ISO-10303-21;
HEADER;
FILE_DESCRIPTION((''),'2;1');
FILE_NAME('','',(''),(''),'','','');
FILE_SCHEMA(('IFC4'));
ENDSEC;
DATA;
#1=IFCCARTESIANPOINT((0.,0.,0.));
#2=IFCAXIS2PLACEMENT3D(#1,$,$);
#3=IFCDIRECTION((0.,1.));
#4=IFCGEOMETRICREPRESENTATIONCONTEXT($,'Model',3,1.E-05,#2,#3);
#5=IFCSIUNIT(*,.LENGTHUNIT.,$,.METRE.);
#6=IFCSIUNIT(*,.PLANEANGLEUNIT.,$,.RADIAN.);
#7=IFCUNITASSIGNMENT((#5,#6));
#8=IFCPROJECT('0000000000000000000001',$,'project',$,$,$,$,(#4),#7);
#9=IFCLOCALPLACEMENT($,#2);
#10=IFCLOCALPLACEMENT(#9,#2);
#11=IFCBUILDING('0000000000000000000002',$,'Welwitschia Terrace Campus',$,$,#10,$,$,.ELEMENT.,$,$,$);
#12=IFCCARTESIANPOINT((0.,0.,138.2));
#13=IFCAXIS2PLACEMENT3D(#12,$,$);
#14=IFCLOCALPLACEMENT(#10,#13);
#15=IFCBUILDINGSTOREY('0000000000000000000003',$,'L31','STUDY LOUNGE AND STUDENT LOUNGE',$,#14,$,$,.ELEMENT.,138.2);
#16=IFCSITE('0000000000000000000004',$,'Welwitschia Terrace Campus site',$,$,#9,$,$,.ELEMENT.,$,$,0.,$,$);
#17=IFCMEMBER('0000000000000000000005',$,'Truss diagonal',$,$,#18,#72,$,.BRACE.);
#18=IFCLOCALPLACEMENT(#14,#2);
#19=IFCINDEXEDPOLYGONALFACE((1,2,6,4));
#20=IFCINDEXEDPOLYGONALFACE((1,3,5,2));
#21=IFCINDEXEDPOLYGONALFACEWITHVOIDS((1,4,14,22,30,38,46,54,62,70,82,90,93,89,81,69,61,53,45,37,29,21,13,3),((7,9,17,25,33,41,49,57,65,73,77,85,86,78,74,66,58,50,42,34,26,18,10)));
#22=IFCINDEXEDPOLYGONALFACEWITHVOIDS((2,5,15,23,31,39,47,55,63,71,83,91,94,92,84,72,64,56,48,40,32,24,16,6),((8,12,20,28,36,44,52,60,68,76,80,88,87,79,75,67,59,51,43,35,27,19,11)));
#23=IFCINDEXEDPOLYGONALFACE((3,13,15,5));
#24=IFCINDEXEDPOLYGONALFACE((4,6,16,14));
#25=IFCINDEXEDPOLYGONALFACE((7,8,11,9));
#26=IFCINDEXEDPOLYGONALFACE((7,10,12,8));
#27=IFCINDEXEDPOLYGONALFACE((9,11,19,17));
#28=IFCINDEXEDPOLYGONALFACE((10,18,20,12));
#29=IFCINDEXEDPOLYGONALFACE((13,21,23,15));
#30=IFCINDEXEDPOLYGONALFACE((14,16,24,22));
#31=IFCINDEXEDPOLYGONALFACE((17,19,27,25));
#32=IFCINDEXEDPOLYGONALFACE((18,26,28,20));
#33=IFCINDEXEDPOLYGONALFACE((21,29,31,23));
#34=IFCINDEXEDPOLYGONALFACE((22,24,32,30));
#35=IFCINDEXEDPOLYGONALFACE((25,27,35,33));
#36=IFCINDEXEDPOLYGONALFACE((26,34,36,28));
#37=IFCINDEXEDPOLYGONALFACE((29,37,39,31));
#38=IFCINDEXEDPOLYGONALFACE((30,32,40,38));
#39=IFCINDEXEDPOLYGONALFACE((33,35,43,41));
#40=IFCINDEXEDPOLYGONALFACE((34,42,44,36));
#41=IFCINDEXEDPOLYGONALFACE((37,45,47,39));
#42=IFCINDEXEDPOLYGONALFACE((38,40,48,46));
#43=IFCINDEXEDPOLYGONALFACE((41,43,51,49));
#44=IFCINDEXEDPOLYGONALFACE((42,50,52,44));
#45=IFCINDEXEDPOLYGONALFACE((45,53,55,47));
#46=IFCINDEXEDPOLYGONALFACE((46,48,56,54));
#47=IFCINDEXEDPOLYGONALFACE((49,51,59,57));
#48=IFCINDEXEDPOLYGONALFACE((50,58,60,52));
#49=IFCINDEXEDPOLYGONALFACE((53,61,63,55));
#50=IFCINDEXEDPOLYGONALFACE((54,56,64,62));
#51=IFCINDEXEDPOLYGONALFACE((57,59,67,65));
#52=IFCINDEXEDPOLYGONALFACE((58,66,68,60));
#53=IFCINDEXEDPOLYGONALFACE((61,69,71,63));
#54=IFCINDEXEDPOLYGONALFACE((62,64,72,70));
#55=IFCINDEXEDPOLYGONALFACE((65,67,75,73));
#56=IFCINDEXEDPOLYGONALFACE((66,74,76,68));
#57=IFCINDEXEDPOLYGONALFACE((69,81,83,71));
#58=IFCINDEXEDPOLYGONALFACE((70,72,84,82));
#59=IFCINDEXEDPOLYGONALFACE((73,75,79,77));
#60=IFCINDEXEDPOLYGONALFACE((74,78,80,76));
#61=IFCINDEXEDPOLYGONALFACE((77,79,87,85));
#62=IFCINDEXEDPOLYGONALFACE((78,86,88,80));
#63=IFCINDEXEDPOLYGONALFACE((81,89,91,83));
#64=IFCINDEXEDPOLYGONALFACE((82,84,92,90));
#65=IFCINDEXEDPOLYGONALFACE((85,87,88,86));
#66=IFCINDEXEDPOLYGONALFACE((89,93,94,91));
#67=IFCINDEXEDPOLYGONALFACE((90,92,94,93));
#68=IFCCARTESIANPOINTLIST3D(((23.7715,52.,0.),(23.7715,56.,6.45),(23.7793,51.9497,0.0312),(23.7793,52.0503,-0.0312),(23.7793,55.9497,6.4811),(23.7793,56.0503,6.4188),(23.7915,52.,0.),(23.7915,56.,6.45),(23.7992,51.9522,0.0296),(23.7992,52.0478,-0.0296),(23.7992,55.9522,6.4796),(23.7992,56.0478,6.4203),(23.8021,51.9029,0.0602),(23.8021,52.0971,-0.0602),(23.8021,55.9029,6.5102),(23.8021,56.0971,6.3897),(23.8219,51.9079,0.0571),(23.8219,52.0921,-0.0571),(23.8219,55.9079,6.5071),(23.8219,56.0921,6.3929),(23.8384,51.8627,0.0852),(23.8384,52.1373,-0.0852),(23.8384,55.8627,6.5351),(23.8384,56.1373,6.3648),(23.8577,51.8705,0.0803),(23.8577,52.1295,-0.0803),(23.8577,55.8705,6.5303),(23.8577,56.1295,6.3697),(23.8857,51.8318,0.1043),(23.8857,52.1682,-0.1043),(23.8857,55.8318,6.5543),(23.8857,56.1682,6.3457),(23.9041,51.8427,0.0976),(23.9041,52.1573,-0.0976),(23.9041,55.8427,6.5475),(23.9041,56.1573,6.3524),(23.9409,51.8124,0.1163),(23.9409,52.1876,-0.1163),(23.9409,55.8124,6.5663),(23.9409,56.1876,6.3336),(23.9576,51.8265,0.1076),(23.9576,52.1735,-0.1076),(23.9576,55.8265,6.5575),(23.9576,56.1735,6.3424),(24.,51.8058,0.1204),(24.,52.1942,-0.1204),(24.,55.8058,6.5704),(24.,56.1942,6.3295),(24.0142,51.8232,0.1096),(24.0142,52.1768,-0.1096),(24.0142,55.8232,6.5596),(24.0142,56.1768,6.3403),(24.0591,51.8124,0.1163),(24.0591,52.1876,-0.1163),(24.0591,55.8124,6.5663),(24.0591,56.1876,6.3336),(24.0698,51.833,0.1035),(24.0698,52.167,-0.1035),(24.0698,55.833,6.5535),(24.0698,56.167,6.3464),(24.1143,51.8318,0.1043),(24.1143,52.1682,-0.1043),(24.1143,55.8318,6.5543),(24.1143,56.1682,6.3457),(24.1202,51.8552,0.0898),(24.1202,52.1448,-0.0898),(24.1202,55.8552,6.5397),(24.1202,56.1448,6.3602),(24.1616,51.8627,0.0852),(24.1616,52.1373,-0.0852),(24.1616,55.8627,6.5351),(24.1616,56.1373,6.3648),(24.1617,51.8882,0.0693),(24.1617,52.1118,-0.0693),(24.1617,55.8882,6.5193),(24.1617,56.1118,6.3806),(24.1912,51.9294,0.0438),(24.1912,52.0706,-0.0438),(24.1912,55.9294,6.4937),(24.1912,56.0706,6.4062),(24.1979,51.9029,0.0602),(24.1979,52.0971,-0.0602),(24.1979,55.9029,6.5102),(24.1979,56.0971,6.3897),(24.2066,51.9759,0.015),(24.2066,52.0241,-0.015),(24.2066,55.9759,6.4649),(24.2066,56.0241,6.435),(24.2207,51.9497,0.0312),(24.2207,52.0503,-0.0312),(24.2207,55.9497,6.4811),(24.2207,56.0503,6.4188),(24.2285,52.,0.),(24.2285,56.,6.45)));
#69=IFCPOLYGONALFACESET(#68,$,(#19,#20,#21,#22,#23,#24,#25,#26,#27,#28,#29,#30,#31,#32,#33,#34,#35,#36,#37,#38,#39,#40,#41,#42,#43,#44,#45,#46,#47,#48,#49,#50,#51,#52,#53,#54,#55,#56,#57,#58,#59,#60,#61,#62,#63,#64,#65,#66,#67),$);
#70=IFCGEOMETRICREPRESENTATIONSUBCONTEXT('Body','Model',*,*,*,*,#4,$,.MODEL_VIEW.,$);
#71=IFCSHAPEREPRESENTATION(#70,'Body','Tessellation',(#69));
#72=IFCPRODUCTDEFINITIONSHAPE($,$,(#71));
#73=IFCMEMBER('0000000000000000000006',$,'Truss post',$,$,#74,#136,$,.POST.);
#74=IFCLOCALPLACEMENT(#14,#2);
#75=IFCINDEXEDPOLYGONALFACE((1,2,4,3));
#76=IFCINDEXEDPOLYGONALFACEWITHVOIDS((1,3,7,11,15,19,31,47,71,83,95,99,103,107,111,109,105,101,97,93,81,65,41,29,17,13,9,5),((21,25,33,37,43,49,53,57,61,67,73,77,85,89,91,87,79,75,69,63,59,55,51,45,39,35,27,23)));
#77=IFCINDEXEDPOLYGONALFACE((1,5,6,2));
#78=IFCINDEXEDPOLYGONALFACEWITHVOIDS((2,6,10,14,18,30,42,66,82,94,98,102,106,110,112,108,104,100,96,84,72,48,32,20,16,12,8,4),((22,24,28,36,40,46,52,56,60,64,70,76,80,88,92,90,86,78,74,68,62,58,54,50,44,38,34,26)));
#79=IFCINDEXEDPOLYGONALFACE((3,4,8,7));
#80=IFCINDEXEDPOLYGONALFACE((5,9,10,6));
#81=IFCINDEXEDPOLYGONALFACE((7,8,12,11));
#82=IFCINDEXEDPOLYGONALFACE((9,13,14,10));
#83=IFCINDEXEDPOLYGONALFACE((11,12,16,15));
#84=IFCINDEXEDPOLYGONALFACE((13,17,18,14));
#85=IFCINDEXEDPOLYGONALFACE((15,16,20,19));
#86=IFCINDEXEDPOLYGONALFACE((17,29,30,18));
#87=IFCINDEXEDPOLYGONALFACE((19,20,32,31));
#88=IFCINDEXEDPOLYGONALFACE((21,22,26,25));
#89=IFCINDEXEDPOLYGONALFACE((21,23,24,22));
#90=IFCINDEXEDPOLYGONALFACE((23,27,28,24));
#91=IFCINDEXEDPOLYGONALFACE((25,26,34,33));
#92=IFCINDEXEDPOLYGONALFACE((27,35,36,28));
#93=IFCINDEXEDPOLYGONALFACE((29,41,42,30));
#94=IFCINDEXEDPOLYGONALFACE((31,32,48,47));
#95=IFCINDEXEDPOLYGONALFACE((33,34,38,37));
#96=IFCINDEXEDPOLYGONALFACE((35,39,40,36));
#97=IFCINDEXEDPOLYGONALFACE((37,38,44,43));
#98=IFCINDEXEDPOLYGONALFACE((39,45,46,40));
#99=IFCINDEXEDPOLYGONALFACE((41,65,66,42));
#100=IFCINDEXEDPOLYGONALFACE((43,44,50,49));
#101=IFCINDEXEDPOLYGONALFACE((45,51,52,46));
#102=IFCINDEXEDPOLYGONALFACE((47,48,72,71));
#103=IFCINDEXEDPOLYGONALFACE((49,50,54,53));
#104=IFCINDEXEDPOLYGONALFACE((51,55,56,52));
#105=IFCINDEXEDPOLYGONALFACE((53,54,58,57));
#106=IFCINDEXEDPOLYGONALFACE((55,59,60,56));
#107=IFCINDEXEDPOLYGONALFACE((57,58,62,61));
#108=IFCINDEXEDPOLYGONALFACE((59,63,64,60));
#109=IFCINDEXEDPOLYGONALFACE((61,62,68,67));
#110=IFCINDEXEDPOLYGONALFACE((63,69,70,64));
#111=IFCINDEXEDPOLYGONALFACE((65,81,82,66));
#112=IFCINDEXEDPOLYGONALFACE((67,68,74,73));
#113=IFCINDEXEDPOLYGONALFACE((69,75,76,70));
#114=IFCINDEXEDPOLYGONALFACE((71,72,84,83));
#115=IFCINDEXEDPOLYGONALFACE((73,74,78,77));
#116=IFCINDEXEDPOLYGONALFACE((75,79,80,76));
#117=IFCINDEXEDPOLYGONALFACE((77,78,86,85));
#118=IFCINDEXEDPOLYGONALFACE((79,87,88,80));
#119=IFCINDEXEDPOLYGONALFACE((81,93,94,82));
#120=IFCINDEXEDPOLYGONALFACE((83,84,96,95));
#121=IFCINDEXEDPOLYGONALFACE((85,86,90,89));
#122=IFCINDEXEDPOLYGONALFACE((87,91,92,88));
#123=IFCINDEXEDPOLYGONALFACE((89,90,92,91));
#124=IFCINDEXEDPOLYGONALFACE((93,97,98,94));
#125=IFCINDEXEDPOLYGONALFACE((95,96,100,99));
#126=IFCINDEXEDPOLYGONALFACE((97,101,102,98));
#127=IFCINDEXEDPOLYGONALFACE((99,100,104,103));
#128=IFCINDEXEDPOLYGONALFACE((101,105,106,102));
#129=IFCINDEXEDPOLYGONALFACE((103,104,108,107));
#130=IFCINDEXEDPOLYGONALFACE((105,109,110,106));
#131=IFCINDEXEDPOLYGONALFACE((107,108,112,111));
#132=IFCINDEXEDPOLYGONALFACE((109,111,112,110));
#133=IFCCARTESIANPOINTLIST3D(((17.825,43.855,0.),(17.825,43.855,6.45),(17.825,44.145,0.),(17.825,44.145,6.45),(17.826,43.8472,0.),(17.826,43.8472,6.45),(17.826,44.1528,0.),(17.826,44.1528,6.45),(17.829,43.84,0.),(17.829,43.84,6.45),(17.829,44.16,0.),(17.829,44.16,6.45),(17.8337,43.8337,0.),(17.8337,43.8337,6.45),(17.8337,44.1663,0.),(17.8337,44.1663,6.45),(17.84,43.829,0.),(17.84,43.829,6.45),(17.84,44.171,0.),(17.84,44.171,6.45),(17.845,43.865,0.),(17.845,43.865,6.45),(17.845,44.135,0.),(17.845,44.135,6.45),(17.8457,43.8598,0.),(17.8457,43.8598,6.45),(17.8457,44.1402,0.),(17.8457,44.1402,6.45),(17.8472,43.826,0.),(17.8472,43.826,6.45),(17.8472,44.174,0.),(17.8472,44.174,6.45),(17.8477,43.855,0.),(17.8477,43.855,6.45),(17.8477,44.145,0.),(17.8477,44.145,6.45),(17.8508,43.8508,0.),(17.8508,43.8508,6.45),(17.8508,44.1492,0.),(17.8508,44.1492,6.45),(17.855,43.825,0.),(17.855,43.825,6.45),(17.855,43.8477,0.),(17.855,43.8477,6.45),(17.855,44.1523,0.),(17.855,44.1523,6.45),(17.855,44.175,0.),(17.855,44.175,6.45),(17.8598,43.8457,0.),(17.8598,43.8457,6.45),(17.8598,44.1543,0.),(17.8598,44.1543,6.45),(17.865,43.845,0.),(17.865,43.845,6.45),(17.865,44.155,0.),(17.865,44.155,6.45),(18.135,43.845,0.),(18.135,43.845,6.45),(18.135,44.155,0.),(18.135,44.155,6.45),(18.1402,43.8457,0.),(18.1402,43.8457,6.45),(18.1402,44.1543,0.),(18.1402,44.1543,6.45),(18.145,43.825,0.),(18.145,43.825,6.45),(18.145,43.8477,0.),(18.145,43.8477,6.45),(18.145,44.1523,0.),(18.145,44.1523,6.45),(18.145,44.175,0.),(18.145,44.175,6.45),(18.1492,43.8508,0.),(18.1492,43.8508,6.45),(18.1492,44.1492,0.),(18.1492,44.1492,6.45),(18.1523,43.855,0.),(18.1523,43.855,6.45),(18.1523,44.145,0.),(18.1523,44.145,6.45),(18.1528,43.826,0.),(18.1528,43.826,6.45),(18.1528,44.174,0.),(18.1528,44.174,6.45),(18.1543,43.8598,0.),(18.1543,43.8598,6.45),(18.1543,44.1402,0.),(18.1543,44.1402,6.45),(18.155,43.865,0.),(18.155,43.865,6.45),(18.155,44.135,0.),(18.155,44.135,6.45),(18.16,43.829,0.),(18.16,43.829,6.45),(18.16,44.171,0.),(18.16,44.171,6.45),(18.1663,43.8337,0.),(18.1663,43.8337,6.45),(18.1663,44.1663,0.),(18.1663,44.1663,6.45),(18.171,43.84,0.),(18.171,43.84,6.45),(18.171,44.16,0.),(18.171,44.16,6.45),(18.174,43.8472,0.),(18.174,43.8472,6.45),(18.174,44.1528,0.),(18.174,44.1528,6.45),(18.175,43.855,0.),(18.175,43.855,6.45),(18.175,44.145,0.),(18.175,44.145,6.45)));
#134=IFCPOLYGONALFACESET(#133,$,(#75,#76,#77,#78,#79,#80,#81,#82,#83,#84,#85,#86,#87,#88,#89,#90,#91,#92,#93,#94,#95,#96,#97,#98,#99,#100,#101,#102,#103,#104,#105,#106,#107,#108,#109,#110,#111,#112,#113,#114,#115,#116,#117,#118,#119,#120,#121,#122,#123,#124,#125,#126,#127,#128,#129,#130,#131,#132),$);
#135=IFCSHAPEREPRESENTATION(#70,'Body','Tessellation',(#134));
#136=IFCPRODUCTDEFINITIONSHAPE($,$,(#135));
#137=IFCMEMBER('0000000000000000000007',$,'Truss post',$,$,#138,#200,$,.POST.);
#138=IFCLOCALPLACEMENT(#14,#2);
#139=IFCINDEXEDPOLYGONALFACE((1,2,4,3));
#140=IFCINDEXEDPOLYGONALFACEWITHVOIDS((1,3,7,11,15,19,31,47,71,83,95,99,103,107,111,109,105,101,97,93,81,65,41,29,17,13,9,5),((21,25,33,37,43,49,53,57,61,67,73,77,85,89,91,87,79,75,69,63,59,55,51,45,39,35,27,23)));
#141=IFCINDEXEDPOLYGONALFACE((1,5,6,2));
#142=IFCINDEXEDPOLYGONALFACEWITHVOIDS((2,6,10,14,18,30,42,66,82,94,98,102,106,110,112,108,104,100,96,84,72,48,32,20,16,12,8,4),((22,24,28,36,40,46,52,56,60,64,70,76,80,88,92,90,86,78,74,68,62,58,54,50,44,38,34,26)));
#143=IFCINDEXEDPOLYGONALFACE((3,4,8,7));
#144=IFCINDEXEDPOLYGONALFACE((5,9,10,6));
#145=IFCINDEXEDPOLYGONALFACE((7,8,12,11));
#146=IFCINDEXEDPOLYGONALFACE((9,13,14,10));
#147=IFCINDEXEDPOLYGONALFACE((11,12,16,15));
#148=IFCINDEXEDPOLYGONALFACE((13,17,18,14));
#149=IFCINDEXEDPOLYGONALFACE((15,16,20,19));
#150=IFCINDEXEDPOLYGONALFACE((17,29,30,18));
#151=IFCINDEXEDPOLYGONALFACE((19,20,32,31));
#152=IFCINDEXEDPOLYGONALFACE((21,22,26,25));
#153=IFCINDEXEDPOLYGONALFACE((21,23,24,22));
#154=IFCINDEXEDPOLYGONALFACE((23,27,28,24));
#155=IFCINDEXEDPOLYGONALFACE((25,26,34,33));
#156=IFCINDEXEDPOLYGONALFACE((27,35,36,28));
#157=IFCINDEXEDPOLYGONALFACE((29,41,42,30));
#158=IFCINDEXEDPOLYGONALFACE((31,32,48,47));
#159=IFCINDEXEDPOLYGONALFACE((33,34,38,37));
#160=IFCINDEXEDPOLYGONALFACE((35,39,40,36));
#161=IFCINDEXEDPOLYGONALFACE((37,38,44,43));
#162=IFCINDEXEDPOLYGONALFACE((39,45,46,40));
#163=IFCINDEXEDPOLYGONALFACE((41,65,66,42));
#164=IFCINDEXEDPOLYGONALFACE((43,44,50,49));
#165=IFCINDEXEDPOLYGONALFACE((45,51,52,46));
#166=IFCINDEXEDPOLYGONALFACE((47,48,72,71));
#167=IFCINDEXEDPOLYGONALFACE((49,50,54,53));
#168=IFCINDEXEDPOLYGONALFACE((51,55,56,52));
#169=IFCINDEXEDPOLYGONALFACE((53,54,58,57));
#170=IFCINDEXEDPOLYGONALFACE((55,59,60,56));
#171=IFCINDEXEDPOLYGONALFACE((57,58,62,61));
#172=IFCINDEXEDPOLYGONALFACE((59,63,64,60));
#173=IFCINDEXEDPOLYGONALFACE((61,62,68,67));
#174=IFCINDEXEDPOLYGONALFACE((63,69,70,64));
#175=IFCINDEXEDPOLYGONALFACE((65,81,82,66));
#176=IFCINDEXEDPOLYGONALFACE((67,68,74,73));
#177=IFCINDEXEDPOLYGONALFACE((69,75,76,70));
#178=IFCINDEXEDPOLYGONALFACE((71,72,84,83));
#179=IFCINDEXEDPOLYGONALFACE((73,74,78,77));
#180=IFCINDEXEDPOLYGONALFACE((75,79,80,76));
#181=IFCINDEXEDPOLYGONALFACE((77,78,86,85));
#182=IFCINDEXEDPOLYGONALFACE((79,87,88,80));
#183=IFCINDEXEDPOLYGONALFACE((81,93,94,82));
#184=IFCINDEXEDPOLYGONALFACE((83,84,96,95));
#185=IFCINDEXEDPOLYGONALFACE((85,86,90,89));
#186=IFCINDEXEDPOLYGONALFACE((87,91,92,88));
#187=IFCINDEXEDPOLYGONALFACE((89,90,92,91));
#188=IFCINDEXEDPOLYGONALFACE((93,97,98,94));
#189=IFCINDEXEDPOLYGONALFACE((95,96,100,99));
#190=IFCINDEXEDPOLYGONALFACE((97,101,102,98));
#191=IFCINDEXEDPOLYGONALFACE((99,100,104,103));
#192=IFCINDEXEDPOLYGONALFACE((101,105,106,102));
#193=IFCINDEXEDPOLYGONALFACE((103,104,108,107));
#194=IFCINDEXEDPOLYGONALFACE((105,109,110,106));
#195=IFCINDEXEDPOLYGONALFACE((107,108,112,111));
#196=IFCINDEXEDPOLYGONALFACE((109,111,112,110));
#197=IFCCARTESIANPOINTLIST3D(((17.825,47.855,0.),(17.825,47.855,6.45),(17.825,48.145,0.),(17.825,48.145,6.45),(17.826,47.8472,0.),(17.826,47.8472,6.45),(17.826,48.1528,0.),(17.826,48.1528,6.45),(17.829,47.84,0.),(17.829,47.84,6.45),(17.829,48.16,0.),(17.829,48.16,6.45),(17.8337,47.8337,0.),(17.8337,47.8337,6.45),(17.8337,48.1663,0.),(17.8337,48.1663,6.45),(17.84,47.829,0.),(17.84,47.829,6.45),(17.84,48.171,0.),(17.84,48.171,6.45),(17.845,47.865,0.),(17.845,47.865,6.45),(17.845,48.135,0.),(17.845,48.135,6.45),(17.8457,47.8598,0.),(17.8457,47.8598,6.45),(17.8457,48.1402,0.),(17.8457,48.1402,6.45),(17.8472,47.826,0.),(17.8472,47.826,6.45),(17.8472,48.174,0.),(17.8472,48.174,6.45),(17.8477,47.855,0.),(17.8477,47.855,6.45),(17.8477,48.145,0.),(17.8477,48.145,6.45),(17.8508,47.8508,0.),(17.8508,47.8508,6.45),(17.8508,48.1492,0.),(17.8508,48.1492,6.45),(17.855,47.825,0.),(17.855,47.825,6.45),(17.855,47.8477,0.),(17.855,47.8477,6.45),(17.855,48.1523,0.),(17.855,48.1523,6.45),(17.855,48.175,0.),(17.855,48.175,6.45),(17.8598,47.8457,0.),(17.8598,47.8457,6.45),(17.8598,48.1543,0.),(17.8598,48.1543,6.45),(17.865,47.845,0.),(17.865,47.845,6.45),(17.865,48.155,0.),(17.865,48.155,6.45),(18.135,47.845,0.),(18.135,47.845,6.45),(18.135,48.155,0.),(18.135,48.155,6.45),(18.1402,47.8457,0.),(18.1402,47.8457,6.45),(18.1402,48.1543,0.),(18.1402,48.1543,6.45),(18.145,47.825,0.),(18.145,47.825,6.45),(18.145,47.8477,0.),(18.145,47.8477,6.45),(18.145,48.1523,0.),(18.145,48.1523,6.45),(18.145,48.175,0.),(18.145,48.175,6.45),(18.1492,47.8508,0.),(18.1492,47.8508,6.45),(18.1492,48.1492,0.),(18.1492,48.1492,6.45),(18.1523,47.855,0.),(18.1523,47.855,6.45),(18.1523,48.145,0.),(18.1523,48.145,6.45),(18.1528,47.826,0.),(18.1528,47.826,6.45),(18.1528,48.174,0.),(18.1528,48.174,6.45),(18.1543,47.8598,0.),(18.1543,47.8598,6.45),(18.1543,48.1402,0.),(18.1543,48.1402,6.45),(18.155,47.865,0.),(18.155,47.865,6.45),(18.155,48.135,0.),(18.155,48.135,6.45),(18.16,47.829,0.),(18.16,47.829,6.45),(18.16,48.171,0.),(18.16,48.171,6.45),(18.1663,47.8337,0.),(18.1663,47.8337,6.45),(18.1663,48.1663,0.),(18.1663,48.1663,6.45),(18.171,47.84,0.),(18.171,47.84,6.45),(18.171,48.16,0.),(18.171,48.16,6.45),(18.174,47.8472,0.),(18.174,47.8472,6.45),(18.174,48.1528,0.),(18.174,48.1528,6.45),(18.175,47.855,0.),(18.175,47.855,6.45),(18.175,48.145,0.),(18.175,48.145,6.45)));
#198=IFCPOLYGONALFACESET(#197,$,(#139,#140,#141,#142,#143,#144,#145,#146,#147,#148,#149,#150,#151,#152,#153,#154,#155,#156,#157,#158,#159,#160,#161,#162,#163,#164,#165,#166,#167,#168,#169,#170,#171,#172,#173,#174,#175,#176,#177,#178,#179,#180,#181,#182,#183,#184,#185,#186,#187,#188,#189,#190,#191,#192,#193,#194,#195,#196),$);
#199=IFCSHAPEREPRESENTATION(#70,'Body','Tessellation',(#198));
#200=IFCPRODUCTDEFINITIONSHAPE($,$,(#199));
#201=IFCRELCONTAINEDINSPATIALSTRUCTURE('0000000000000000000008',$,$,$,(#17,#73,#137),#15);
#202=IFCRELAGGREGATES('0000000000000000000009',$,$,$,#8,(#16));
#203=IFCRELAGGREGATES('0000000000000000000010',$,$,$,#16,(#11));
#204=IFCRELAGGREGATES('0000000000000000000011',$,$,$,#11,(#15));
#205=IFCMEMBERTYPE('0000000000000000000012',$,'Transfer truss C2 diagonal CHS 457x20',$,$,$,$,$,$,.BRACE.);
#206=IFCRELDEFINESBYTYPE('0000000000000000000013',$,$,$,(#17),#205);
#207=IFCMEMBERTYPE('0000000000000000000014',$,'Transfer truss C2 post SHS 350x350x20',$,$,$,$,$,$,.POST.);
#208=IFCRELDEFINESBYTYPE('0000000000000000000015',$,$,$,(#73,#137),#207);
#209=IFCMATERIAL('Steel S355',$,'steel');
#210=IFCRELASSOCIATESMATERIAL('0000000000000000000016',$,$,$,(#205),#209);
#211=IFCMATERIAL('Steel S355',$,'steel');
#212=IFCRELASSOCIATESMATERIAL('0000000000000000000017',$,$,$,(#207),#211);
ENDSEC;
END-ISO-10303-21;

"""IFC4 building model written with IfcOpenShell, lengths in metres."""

from ifc_helpers import new_model, si_unit, direction, frame, origin, origin_2d, place, context, subcontext, project, spatial, hollow_rectangle, hollow_circle, extrude, material, material_profile, profile_set, type_object, element, save


model = new_model("IFC4")

# Units and contexts
model_context = context("Model", 3, precision=1e-05, world=origin(), true_north=direction((0.0, 1.0)))
body_context = subcontext(model_context, "Body", "Model", "MODEL_VIEW")
ifc_project = project(units=[si_unit("LENGTHUNIT", "METRE"), si_unit("PLANEANGLEUNIT", "RADIAN")], contexts=[model_context])

# Site, building, storey
site_placement = place(None, origin())
site = spatial("IfcSite", under=ifc_project, at=site_placement, Name="Welwitschia Terrace Campus site", CompositionType="ELEMENT", RefElevation=0.0)
building_placement = place(site_placement, origin())
building = spatial("IfcBuilding", under=site, at=building_placement, Name="Welwitschia Terrace Campus", CompositionType="ELEMENT")
storey_placement = place(building_placement, frame((0.0, 0.0, 138.2)))
storey = spatial("IfcBuildingStorey", under=building, at=storey_placement, Name="L31", Description="STUDY LOUNGE AND STUDENT LOUNGE", CompositionType="ELEMENT", Elevation=138.2)

# Members
ifc_material_1 = material(Name="Steel S355", Category="steel")
ifc_material_profile_1 = material_profile(ifc_material_1, hollow_circle(Radius=0.2285, WallThickness=0.02, at=origin_2d()))
ifc_profile_set_1 = profile_set([ifc_material_profile_1], Name="Steel S355")
member_type_1 = type_object("IfcMemberType", Name="Transfer truss C2 diagonal CHS 457x20", PredefinedType="BRACE", material=ifc_profile_set_1)
member_1_placement = place(storey_placement, frame((24.0, 52.0, 0.0), z_axis=(0.0, 0.527038, 0.849842), x_axis=(-1.0, 0.0, 0.0)))
element("IfcMember", 1, at=member_1_placement, inside=storey, type_object=member_type_1, Name="Truss diagonal", PredefinedType="BRACE", context=body_context, shape_type="SweptSolid", body=[
    extrude(hollow_circle(Radius=0.2285, WallThickness=0.02, at=origin_2d()), origin(), (0.0, 0.0, 1.0), 7.5896),
])
ifc_material_2 = material(Name="Steel S355", Category="steel")
ifc_material_profile_2 = material_profile(ifc_material_2, hollow_rectangle(XDim=0.3501, YDim=0.3501, WallThickness=0.02, InnerFilletRadius=0.02, OuterFilletRadius=0.03, at=origin_2d()))
ifc_profile_set_2 = profile_set([ifc_material_profile_2], Name="Steel S355")
member_type_2 = type_object("IfcMemberType", Name="Transfer truss C2 post SHS 350x350x20", PredefinedType="POST", material=ifc_profile_set_2)
for number, where, z_axis, x_axis, name in (
    (2, (18.0, 44.0, 0.0), (0.0, 0.0, 1.0), (1.0, 0.0, 0.0), "Truss post"),
    (3, (18.0, 48.0, 0.0), (0.0, 0.0, 1.0), (1.0, 0.0, 0.0), "Truss post"),
):
    element("IfcMember", number, at=place(storey_placement, frame(where, z_axis=z_axis, x_axis=x_axis)), inside=storey, type_object=member_type_2, Name=name, PredefinedType="POST", context=body_context, shape_type="SweptSolid", body=[
        extrude(hollow_rectangle(XDim=0.3501, YDim=0.3501, WallThickness=0.02, InnerFilletRadius=0.02, OuterFilletRadius=0.03, at=origin_2d()), origin(), (0.0, 0.0, 1.0), 6.45),
    ])

save(model, "model.ifc")
